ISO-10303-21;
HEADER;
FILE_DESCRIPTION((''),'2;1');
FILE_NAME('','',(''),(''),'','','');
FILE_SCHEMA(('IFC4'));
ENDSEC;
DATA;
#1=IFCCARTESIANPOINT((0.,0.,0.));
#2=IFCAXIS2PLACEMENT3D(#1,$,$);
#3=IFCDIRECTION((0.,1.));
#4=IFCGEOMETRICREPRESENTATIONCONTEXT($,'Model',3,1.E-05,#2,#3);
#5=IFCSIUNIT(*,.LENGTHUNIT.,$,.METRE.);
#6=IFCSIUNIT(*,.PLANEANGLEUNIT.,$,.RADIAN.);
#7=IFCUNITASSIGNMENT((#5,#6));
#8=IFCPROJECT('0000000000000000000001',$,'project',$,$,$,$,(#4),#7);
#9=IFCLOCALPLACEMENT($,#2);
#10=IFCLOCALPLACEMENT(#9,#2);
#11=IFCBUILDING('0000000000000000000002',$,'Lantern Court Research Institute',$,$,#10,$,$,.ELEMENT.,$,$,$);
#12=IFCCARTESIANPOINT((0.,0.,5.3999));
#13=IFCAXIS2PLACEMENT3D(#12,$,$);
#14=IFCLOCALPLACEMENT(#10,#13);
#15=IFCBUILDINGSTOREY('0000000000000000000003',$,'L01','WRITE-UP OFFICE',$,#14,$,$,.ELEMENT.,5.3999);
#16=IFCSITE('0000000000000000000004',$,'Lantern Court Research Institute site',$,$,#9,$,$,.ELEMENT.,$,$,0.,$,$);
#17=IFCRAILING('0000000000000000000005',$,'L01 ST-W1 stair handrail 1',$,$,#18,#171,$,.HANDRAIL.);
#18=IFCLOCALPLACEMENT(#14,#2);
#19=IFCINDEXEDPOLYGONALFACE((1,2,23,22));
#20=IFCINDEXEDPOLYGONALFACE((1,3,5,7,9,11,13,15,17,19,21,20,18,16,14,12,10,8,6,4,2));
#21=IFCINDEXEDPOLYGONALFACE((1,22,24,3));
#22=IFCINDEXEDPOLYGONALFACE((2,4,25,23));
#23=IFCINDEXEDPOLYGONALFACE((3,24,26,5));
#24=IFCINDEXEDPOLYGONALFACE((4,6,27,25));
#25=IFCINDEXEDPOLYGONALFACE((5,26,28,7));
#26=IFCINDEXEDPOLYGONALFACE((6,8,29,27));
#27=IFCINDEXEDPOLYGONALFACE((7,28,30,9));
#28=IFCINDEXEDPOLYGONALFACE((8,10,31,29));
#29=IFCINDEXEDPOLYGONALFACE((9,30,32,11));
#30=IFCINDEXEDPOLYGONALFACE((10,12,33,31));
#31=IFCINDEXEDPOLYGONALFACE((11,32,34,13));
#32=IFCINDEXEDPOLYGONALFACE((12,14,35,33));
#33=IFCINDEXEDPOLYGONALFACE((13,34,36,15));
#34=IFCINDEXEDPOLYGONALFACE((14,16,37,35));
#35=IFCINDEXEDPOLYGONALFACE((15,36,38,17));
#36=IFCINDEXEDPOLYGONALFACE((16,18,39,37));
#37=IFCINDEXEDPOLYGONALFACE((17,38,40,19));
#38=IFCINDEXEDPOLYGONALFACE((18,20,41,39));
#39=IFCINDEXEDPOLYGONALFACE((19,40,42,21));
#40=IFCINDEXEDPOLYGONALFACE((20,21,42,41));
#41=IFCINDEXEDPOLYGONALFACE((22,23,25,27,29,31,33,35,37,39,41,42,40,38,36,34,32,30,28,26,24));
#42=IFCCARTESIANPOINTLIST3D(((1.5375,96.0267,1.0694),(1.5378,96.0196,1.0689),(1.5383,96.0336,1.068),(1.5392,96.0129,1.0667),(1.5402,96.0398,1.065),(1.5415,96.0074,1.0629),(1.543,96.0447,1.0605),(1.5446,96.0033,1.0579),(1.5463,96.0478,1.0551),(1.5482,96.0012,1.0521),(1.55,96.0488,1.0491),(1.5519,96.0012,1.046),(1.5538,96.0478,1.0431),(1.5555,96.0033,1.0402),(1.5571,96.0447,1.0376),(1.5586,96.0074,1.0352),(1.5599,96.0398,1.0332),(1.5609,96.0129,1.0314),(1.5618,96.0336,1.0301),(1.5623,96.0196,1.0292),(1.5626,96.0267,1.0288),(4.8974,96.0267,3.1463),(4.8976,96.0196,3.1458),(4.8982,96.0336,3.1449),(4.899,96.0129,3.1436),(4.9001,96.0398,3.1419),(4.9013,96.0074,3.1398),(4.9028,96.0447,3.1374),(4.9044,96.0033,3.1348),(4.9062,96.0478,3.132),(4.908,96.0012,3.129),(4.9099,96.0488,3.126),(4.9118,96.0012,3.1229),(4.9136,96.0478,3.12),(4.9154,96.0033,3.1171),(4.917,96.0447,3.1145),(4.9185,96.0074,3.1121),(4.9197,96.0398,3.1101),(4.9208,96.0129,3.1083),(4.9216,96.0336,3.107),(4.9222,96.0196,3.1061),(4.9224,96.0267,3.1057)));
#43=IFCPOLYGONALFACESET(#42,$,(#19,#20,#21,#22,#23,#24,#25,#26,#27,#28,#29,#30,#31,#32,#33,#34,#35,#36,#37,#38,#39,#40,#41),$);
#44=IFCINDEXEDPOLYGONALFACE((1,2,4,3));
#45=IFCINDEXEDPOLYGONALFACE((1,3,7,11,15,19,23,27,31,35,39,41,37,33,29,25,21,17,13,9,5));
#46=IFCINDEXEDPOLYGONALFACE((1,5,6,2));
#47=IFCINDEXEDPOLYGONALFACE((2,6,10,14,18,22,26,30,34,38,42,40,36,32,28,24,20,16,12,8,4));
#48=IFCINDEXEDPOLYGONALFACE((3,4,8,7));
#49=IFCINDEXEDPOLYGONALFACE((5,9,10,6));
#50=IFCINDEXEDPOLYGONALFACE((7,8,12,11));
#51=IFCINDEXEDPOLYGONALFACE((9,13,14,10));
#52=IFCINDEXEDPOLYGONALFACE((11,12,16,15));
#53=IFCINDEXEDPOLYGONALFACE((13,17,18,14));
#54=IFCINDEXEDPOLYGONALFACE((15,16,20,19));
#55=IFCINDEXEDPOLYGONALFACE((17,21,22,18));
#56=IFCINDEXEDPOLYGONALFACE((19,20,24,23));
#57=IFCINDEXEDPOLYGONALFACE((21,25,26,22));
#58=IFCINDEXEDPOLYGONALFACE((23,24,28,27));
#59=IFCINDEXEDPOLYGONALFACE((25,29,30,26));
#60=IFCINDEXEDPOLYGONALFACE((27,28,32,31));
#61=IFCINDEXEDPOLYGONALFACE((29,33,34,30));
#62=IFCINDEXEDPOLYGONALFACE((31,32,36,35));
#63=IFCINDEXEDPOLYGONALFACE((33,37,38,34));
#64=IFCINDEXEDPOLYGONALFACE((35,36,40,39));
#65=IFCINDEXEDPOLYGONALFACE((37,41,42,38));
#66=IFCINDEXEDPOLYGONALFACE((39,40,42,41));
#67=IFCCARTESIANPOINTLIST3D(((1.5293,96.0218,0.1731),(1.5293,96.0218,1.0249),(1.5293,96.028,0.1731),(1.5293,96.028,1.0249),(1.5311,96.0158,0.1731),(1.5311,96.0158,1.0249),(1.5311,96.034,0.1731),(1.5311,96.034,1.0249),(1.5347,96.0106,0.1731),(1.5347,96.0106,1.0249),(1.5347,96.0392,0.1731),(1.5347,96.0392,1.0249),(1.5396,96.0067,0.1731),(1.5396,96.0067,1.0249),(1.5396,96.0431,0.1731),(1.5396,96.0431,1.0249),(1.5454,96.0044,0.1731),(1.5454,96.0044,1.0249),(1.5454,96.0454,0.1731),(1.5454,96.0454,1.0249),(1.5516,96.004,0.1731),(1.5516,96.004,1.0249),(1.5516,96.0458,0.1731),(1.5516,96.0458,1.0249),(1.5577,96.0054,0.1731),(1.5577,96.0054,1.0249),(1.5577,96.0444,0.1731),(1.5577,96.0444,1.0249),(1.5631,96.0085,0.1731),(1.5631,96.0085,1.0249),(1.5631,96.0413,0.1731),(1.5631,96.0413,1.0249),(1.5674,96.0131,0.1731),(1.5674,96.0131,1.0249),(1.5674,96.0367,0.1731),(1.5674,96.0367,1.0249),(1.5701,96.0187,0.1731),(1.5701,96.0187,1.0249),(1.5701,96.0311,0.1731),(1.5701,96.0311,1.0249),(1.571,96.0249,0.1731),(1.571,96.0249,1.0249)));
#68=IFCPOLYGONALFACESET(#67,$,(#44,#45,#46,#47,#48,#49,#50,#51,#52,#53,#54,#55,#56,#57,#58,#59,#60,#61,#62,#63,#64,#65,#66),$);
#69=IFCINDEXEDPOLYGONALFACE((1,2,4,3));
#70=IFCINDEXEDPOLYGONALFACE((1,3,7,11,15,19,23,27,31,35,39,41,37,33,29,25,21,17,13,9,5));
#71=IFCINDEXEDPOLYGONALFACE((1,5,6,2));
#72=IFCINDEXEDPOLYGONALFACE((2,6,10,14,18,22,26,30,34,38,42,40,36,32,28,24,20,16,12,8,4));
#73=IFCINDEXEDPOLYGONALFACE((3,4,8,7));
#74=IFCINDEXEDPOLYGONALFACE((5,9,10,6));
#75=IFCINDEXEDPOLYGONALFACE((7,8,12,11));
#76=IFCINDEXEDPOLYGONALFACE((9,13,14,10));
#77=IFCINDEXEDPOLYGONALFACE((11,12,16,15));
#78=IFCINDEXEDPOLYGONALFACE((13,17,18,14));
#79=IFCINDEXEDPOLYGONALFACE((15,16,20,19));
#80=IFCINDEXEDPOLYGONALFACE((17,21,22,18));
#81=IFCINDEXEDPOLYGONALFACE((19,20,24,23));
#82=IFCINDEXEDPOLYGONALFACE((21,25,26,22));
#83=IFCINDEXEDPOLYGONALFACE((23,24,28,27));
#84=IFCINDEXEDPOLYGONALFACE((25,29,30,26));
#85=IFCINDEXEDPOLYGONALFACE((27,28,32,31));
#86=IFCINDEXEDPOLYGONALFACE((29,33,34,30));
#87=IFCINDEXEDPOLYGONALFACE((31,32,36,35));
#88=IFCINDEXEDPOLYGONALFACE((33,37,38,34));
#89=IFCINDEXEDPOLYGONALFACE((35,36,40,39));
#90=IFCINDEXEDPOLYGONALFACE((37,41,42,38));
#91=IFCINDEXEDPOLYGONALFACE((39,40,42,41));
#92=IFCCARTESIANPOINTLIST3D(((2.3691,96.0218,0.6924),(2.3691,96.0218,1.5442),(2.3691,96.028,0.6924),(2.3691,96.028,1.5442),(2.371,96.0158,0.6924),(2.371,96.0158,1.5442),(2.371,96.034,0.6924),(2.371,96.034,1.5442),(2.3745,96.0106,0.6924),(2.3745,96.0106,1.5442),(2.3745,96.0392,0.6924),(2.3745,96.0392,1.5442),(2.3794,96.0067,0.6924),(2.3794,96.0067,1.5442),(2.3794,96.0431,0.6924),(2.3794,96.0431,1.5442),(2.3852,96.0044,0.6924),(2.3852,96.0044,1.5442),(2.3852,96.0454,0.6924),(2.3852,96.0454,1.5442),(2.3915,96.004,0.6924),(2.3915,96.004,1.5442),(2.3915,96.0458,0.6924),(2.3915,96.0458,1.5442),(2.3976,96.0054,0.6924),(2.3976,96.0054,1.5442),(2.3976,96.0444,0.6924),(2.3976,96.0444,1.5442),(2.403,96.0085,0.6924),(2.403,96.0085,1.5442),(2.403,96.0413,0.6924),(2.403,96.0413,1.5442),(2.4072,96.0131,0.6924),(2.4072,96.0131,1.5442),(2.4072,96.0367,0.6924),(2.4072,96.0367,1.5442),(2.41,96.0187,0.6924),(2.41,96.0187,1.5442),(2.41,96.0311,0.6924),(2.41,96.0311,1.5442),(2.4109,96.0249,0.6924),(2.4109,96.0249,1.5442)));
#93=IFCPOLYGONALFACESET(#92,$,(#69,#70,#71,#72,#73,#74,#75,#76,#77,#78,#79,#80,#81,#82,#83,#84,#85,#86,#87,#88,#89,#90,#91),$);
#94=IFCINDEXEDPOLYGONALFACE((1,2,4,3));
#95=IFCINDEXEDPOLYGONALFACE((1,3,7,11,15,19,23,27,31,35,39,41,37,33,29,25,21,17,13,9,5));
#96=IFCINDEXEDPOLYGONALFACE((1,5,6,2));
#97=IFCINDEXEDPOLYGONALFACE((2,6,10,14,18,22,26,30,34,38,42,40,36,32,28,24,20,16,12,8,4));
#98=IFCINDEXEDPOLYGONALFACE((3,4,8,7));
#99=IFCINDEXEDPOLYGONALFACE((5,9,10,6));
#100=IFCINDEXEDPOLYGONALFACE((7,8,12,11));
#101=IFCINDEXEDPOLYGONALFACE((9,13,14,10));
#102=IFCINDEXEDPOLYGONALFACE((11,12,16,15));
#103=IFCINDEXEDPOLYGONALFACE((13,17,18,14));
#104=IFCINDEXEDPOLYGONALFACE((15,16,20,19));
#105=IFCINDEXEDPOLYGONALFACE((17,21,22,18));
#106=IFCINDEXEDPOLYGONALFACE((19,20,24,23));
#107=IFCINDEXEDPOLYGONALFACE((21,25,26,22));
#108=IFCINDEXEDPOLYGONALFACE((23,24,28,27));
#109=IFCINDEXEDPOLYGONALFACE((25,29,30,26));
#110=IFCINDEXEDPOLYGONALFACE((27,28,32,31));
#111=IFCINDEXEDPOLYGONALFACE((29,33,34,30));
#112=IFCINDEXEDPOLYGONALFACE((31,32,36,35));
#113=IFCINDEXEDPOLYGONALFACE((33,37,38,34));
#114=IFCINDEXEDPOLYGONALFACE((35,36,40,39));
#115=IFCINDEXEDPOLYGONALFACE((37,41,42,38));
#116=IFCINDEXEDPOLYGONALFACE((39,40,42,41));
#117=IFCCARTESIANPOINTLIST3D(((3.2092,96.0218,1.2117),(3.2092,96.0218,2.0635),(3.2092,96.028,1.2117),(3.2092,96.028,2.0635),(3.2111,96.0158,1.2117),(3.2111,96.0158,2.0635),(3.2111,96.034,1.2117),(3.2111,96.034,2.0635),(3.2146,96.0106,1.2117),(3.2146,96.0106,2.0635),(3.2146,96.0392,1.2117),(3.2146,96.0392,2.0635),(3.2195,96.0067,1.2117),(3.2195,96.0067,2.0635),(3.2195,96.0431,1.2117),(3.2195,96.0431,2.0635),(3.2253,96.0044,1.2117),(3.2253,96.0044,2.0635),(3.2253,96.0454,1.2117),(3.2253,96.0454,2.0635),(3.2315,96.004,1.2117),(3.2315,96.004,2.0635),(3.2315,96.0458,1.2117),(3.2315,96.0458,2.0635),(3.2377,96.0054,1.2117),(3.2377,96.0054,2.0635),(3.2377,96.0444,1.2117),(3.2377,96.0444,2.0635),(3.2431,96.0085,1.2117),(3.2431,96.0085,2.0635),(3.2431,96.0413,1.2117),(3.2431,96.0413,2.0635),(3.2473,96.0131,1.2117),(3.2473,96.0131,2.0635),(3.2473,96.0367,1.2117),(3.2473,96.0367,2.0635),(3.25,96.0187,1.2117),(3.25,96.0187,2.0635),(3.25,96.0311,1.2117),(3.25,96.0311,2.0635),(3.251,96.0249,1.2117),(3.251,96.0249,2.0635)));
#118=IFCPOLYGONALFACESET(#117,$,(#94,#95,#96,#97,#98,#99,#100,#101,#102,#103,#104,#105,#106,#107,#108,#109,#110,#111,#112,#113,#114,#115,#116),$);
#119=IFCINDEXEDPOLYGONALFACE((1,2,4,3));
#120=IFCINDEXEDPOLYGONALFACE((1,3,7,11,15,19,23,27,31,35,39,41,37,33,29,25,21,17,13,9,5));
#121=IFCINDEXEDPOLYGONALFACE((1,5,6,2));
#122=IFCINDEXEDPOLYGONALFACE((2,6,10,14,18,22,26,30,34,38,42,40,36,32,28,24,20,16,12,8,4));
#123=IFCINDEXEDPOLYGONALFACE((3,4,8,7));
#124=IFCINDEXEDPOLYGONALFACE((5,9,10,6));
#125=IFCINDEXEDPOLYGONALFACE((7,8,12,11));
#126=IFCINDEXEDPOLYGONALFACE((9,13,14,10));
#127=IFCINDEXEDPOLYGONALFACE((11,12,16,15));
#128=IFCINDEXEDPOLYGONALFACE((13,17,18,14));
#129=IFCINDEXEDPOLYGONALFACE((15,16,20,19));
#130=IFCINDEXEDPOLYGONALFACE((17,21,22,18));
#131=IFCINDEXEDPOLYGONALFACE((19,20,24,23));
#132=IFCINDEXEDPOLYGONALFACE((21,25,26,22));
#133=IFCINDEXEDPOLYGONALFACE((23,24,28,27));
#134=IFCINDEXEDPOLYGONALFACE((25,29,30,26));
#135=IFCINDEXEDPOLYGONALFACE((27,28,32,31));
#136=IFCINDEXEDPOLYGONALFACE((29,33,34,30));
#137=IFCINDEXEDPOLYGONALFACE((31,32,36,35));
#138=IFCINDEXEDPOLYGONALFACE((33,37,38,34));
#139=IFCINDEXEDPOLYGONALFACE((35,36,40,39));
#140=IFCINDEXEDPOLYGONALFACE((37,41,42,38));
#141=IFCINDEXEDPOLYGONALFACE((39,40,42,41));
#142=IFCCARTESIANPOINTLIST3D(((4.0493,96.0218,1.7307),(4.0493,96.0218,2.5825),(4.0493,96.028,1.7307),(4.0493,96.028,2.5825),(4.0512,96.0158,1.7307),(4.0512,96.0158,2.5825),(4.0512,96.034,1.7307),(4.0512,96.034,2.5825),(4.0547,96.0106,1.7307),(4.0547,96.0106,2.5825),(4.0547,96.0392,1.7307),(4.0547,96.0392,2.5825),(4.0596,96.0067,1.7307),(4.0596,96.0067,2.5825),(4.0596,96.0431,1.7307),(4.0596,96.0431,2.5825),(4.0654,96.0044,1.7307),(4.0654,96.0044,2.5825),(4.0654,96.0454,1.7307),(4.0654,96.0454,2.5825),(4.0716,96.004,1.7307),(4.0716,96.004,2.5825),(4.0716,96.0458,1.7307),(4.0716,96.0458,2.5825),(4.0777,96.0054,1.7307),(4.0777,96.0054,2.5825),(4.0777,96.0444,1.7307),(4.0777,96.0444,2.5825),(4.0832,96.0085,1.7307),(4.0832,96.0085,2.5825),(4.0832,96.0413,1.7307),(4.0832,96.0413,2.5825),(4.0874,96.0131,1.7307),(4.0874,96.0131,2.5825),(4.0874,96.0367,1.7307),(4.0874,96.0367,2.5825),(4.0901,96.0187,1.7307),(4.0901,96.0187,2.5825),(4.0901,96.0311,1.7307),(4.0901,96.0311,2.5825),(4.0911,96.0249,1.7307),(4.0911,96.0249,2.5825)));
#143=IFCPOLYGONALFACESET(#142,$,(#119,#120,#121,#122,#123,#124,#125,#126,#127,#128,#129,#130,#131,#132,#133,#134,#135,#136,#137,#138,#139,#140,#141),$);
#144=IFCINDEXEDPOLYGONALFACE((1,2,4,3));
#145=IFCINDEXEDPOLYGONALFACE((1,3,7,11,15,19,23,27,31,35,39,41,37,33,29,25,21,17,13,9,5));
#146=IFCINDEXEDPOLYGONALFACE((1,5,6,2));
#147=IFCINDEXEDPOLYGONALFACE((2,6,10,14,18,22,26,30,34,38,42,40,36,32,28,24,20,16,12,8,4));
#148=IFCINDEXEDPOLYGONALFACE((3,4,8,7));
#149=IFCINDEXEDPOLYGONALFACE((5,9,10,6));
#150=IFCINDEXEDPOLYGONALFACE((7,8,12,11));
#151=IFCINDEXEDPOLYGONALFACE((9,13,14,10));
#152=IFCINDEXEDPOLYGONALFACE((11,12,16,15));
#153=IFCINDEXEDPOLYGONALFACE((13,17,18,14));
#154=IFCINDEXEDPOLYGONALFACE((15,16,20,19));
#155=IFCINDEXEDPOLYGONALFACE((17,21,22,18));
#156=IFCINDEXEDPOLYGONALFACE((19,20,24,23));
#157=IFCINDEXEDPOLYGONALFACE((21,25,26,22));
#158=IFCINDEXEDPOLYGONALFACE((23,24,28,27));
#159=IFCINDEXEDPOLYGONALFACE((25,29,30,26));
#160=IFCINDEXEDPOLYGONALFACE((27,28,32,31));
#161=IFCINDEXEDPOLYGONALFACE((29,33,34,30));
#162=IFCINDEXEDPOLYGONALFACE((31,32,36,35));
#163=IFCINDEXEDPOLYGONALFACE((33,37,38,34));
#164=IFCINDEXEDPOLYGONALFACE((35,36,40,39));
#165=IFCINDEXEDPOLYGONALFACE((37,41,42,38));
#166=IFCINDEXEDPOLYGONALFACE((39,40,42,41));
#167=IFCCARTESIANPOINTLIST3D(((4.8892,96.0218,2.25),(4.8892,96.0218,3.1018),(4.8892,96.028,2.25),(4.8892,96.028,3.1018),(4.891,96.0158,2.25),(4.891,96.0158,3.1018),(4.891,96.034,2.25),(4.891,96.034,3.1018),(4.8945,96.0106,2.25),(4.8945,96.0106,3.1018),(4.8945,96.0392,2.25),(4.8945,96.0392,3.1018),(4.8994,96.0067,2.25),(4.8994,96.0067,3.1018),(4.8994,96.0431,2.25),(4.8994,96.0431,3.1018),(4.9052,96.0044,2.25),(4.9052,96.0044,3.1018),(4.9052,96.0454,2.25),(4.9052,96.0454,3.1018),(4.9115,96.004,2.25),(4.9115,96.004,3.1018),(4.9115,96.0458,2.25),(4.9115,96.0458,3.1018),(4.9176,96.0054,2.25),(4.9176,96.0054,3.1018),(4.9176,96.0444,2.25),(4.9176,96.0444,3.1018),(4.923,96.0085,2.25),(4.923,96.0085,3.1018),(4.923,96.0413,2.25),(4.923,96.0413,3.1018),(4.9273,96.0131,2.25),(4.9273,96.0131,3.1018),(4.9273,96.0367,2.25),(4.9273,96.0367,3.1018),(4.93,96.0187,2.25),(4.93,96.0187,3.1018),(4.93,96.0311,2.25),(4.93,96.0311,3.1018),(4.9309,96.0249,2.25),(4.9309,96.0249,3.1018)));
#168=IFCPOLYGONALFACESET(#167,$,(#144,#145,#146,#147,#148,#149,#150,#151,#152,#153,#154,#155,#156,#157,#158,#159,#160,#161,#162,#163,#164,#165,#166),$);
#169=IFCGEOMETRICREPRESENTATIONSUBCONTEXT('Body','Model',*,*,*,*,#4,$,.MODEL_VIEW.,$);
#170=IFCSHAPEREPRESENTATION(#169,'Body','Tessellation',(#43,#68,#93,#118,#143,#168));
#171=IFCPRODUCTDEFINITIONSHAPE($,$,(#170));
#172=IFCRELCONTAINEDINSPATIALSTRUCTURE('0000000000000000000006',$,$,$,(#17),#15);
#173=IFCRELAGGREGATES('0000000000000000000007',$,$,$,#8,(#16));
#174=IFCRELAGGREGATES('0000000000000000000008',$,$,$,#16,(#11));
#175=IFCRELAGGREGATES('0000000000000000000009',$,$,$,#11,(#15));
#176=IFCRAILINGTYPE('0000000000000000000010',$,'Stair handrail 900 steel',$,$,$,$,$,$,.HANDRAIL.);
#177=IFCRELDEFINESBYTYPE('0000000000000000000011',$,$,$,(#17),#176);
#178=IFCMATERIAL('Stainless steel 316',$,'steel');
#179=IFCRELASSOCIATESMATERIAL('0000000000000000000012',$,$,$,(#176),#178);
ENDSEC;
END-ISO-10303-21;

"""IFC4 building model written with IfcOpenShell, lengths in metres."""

from ifc_helpers import new_model, si_unit, direction, frame, origin, origin_2d, place, context, subcontext, project, spatial, circle, extrude, material, type_object, element, save


model = new_model("IFC4")

# Units and contexts
model_context = context("Model", 3, precision=1e-05, world=origin(), true_north=direction((0.0, 1.0)))
body_context = subcontext(model_context, "Body", "Model", "MODEL_VIEW")
ifc_project = project(units=[si_unit("LENGTHUNIT", "METRE"), si_unit("PLANEANGLEUNIT", "RADIAN")], contexts=[model_context])

# Site, building, storey
site_placement = place(None, origin())
site = spatial("IfcSite", under=ifc_project, at=site_placement, Name="Lantern Court Research Institute site", CompositionType="ELEMENT", RefElevation=0.0)
building_placement = place(site_placement, origin())
building = spatial("IfcBuilding", under=site, at=building_placement, Name="Lantern Court Research Institute", CompositionType="ELEMENT")
storey_placement = place(building_placement, frame((0.0, 0.0, 5.3999)))
storey = spatial("IfcBuildingStorey", under=building, at=storey_placement, Name="L01", Description="WRITE-UP OFFICE", CompositionType="ELEMENT", Elevation=5.3999)

# Railing
ifc_material_1 = material(Name="Stainless steel 316", Category="steel")
railing_type_1 = type_object("IfcRailingType", Name="Stair handrail 900 steel", PredefinedType="HANDRAIL", material=ifc_material_1)
railing_1_placement = place(storey_placement, frame((1.55, 96.0249, 0.1731)))
element("IfcRailing", 1, at=railing_1_placement, inside=storey, type_object=railing_type_1, Name="L01 ST-W1 stair handrail 1", PredefinedType="HANDRAIL", context=body_context, shape_type="SweptSolid", body=[
    extrude(circle(Radius=0.0239, at=origin_2d()), frame((0.0, 0.0, 0.876), z_axis=(0.850606, 0.0, 0.525803), x_axis=(0.0, 1.0, 0.0)), (0.0, 0.0, 1.0), 3.95),
    extrude(circle(Radius=0.021, at=origin_2d()), origin(), (0.0, 0.0, 1.0), 0.8518),
    extrude(circle(Radius=0.021, at=origin_2d()), frame((0.8398, 0.0, 0.5193)), (0.0, 0.0, 1.0), 0.8518),
    extrude(circle(Radius=0.021, at=origin_2d()), frame((1.6799, 0.0, 1.0386)), (0.0, 0.0, 1.0), 0.8518),
    extrude(circle(Radius=0.021, at=origin_2d()), frame((2.52, 0.0, 1.5576)), (0.0, 0.0, 1.0), 0.8518),
    extrude(circle(Radius=0.021, at=origin_2d()), frame((3.3599, 0.0, 2.0769)), (0.0, 0.0, 1.0), 0.8518),
])

save(model, "model.ifc")
